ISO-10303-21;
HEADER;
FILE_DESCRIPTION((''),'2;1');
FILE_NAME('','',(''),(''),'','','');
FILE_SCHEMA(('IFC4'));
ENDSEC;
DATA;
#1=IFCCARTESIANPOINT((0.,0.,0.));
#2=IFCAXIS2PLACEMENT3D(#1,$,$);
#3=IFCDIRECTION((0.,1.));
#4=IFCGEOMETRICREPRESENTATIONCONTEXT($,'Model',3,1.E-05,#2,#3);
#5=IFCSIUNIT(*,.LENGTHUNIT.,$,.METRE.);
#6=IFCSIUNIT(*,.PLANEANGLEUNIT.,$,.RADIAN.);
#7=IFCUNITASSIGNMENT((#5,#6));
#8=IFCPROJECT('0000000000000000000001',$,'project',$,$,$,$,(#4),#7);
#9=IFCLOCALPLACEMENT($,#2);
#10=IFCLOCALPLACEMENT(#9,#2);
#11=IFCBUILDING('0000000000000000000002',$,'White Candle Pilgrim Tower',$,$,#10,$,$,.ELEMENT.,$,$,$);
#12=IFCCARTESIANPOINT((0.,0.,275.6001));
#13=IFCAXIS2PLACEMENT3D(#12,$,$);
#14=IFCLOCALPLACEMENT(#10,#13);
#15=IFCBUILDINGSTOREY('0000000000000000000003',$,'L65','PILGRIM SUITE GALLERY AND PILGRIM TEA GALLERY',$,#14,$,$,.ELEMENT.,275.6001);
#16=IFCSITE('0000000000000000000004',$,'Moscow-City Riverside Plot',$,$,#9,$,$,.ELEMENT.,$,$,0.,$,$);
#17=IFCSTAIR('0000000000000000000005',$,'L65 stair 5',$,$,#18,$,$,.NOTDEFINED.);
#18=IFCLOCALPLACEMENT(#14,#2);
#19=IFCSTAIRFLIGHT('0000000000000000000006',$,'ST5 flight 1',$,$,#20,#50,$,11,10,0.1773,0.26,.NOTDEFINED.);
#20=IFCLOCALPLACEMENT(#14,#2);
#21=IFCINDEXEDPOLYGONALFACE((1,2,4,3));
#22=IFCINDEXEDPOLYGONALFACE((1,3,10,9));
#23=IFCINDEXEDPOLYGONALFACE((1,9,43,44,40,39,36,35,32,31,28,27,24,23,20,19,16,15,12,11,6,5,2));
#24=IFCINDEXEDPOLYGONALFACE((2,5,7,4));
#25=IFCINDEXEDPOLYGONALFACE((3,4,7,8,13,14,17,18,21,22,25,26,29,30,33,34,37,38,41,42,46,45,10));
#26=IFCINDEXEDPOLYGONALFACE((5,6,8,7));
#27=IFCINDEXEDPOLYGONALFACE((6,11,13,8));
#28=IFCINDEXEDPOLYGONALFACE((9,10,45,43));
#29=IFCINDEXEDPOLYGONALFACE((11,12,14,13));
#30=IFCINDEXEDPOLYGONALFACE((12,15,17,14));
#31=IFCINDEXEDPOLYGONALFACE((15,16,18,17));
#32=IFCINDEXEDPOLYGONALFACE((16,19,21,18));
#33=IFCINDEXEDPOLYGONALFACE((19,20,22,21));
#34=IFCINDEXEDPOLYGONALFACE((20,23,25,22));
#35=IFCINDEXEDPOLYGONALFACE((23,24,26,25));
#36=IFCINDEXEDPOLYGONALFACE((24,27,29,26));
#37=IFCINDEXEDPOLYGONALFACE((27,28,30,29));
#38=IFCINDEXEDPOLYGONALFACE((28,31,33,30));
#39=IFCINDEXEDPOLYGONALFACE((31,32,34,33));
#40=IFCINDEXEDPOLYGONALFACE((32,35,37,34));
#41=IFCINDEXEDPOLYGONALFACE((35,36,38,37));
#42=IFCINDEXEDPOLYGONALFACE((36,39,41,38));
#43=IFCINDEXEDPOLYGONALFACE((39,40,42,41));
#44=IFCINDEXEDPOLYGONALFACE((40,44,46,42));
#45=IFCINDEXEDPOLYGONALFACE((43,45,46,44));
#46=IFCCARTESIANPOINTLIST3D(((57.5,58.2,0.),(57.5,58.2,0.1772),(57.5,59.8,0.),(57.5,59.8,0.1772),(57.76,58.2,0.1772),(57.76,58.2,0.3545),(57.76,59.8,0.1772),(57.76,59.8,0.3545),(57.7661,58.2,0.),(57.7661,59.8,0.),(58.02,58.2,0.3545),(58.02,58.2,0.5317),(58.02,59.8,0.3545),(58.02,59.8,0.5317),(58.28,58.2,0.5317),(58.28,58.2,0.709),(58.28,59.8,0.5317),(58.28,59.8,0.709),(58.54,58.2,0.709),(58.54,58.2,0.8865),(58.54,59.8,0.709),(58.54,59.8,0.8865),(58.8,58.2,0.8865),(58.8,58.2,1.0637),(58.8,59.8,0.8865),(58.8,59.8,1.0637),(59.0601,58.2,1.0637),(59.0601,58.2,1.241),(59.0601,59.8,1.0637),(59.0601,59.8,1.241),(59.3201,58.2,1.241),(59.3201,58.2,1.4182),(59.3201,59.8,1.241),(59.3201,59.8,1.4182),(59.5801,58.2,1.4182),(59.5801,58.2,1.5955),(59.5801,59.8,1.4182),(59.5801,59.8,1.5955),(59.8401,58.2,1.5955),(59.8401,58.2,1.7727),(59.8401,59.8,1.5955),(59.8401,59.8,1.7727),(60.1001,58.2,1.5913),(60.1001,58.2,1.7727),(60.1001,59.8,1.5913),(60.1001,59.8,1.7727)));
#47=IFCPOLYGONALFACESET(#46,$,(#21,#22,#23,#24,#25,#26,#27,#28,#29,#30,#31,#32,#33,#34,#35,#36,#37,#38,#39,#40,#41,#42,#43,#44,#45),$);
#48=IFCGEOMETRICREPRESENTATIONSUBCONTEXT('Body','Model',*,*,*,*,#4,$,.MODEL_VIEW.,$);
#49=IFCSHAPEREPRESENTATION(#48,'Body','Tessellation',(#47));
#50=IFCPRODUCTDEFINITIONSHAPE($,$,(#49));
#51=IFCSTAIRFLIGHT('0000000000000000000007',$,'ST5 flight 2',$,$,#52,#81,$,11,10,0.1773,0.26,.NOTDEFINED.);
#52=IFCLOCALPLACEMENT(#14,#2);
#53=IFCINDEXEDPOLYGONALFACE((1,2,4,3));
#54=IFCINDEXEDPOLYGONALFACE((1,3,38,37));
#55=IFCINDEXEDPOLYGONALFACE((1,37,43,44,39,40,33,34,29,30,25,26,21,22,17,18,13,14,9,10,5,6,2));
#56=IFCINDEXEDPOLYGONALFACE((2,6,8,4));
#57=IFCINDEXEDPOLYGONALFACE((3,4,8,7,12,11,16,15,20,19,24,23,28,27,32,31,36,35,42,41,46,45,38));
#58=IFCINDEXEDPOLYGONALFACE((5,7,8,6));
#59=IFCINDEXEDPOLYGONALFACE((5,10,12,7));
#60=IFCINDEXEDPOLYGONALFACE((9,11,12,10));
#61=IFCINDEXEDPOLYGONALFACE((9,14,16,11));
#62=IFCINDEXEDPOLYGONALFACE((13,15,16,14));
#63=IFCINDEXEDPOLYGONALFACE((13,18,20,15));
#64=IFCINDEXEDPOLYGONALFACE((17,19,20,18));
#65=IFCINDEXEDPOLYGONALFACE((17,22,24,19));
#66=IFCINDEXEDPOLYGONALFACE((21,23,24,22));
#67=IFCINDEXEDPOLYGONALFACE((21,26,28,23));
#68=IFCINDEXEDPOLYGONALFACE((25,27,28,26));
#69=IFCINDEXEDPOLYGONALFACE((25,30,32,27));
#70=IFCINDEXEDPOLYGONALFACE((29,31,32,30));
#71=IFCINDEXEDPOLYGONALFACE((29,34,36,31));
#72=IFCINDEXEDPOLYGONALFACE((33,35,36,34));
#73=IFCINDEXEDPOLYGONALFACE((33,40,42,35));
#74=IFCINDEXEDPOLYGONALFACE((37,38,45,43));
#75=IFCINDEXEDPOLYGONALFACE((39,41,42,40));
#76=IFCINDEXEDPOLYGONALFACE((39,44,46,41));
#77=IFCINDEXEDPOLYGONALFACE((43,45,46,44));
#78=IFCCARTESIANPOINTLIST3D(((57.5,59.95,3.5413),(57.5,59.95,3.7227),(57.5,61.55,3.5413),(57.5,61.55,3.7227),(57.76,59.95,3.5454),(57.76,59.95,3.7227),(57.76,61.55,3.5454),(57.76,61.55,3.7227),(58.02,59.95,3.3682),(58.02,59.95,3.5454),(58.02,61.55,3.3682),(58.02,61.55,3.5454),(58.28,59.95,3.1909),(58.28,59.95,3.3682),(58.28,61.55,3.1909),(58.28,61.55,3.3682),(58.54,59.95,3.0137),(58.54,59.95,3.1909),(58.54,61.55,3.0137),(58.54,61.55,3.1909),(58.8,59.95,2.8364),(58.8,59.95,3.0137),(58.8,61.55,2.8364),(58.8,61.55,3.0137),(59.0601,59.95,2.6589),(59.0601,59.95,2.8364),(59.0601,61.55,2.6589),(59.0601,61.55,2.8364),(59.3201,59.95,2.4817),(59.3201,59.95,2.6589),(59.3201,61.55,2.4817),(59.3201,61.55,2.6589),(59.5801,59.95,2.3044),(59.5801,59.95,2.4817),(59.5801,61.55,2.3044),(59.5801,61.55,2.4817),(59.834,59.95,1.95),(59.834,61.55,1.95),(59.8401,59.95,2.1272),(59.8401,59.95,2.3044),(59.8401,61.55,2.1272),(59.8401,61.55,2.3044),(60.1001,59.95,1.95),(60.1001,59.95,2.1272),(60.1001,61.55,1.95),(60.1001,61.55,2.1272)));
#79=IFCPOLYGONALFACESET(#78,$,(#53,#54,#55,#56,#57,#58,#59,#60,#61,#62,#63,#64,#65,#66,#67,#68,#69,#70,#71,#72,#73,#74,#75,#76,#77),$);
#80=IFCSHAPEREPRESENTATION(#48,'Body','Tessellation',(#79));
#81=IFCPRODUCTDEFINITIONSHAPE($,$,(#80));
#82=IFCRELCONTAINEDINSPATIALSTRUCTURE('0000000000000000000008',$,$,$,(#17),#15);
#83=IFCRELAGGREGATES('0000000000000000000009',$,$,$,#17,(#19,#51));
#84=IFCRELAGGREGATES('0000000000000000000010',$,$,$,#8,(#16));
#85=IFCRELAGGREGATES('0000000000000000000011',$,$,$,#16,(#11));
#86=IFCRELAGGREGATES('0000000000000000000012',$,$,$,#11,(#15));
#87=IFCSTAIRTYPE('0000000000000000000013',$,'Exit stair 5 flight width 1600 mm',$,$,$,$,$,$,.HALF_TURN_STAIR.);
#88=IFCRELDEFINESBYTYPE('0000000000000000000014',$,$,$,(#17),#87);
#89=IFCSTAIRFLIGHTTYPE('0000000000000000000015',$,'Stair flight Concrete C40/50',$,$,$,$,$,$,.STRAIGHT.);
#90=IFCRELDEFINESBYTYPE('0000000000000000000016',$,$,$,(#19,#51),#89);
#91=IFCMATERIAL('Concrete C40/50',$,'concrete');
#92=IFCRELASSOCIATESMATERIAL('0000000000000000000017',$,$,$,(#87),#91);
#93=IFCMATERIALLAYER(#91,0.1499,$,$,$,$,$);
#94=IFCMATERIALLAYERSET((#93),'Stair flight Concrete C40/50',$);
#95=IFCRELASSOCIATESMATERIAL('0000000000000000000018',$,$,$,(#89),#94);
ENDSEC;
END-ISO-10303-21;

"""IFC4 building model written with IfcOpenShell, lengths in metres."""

from ifc_helpers import new_model, si_unit, direction, frame, origin, place, context, subcontext, project, spatial, polyline, outline, extrude, material, layer, layer_set, type_object, element, aggregate, save


model = new_model("IFC4")

# Units and contexts
model_context = context("Model", 3, precision=1e-05, world=origin(), true_north=direction((0.0, 1.0)))
body_context = subcontext(model_context, "Body", "Model", "MODEL_VIEW")
ifc_project = project(units=[si_unit("LENGTHUNIT", "METRE"), si_unit("PLANEANGLEUNIT", "RADIAN")], contexts=[model_context])

# Site, building, storey
site_placement = place(None, origin())
site = spatial("IfcSite", under=ifc_project, at=site_placement, Name="Moscow-City Riverside Plot", CompositionType="ELEMENT", RefElevation=0.0)
building_placement = place(site_placement, origin())
building = spatial("IfcBuilding", under=site, at=building_placement, Name="White Candle Pilgrim Tower", CompositionType="ELEMENT")
storey_placement = place(building_placement, frame((0.0, 0.0, 275.6001)))
storey = spatial("IfcBuildingStorey", under=building, at=storey_placement, Name="L65", Description="PILGRIM SUITE GALLERY AND PILGRIM TEA GALLERY", CompositionType="ELEMENT", Elevation=275.6001)

# Stair, stair flights
ifc_material_1 = material(Name="Concrete C40/50", Category="concrete")
stair_type = type_object("IfcStairType", Name="Exit stair 5 flight width 1600 mm", PredefinedType="HALF_TURN_STAIR", material=ifc_material_1)
stair_placement = place(storey_placement, origin())
stair = element("IfcStair", 1, at=stair_placement, inside=storey, type_object=stair_type, Name="L65 stair 5", PredefinedType="NOTDEFINED")
ifc_layer_1 = layer(ifc_material_1, 0.1499)
ifc_layer_set_1 = layer_set([ifc_layer_1], Name="Stair flight Concrete C40/50")
stair_flight_type = type_object("IfcStairFlightType", Name="Stair flight Concrete C40/50", PredefinedType="STRAIGHT", material=ifc_layer_set_1)
stair_flight_1_placement = place(storey_placement, frame((57.5, 59.0, 0.0), z_axis=(0.0, 0.0, 1.0), x_axis=(1.0, 0.0, 0.0)))
stair_flight_1 = element("IfcStairFlight", 2, at=stair_flight_1_placement, type_object=stair_flight_type, Name="ST5 flight 1", NumberOfRisers=11, NumberOfTreads=10, PredefinedType="NOTDEFINED", RiserHeight=0.1773, TreadLength=0.26, context=body_context, shape_type="SweptSolid", body=[
    extrude(outline(polyline([(0.0, 0.0), (0.0, 0.1772), (0.26, 0.1772), (0.26, 0.3545), (0.52, 0.3545), (0.52, 0.5317), (0.78, 0.5317), (0.78, 0.709), (1.04, 0.709), (1.04, 0.8865), (1.3, 0.8865), (1.3, 1.0637), (1.5601, 1.0637), (1.5601, 1.241), (1.8201, 1.241), (1.8201, 1.4182), (2.0801, 1.4182), (2.0801, 1.5955), (2.3401, 1.5955), (2.3401, 1.7727), (2.6001, 1.7727), (2.6001, 1.95), (2.6001, 1.5913), (0.2661, 0.0), (0.0, 0.0)])), frame((0.0, 0.8, 0.0), z_axis=(0.0, -1.0, 0.0), x_axis=(1.0, 0.0, 0.0)), (0.0, 0.0, 1.0), 1.6001),
])
stair_flight_2_placement = place(storey_placement, frame((60.1001, 60.75, 1.95), z_axis=(0.0, 0.0, 1.0), x_axis=(-1.0, 0.0, 0.0)))
stair_flight_2 = element("IfcStairFlight", 3, at=stair_flight_2_placement, type_object=stair_flight_type, Name="ST5 flight 2", NumberOfRisers=11, NumberOfTreads=10, PredefinedType="NOTDEFINED", RiserHeight=0.1773, TreadLength=0.26, context=body_context, shape_type="SweptSolid", body=[
    extrude(outline(polyline([(0.0, 0.0), (0.0, 0.1772), (0.26, 0.1772), (0.26, 0.3545), (0.52, 0.3545), (0.52, 0.5317), (0.78, 0.5317), (0.78, 0.709), (1.04, 0.709), (1.04, 0.8865), (1.3, 0.8865), (1.3, 1.0637), (1.5601, 1.0637), (1.5601, 1.241), (1.8201, 1.241), (1.8201, 1.4182), (2.0801, 1.4182), (2.0801, 1.5955), (2.3401, 1.5955), (2.3401, 1.7727), (2.6001, 1.7727), (2.6001, 1.95), (2.6001, 1.5913), (0.2661, 0.0), (0.0, 0.0)])), frame((0.0, 0.8, 0.0), z_axis=(0.0, -1.0, 0.0), x_axis=(1.0, 0.0, 0.0)), (0.0, 0.0, 1.0), 1.6001),
])
aggregate(stair, [stair_flight_1, stair_flight_2])

save(model, "model.ifc")
